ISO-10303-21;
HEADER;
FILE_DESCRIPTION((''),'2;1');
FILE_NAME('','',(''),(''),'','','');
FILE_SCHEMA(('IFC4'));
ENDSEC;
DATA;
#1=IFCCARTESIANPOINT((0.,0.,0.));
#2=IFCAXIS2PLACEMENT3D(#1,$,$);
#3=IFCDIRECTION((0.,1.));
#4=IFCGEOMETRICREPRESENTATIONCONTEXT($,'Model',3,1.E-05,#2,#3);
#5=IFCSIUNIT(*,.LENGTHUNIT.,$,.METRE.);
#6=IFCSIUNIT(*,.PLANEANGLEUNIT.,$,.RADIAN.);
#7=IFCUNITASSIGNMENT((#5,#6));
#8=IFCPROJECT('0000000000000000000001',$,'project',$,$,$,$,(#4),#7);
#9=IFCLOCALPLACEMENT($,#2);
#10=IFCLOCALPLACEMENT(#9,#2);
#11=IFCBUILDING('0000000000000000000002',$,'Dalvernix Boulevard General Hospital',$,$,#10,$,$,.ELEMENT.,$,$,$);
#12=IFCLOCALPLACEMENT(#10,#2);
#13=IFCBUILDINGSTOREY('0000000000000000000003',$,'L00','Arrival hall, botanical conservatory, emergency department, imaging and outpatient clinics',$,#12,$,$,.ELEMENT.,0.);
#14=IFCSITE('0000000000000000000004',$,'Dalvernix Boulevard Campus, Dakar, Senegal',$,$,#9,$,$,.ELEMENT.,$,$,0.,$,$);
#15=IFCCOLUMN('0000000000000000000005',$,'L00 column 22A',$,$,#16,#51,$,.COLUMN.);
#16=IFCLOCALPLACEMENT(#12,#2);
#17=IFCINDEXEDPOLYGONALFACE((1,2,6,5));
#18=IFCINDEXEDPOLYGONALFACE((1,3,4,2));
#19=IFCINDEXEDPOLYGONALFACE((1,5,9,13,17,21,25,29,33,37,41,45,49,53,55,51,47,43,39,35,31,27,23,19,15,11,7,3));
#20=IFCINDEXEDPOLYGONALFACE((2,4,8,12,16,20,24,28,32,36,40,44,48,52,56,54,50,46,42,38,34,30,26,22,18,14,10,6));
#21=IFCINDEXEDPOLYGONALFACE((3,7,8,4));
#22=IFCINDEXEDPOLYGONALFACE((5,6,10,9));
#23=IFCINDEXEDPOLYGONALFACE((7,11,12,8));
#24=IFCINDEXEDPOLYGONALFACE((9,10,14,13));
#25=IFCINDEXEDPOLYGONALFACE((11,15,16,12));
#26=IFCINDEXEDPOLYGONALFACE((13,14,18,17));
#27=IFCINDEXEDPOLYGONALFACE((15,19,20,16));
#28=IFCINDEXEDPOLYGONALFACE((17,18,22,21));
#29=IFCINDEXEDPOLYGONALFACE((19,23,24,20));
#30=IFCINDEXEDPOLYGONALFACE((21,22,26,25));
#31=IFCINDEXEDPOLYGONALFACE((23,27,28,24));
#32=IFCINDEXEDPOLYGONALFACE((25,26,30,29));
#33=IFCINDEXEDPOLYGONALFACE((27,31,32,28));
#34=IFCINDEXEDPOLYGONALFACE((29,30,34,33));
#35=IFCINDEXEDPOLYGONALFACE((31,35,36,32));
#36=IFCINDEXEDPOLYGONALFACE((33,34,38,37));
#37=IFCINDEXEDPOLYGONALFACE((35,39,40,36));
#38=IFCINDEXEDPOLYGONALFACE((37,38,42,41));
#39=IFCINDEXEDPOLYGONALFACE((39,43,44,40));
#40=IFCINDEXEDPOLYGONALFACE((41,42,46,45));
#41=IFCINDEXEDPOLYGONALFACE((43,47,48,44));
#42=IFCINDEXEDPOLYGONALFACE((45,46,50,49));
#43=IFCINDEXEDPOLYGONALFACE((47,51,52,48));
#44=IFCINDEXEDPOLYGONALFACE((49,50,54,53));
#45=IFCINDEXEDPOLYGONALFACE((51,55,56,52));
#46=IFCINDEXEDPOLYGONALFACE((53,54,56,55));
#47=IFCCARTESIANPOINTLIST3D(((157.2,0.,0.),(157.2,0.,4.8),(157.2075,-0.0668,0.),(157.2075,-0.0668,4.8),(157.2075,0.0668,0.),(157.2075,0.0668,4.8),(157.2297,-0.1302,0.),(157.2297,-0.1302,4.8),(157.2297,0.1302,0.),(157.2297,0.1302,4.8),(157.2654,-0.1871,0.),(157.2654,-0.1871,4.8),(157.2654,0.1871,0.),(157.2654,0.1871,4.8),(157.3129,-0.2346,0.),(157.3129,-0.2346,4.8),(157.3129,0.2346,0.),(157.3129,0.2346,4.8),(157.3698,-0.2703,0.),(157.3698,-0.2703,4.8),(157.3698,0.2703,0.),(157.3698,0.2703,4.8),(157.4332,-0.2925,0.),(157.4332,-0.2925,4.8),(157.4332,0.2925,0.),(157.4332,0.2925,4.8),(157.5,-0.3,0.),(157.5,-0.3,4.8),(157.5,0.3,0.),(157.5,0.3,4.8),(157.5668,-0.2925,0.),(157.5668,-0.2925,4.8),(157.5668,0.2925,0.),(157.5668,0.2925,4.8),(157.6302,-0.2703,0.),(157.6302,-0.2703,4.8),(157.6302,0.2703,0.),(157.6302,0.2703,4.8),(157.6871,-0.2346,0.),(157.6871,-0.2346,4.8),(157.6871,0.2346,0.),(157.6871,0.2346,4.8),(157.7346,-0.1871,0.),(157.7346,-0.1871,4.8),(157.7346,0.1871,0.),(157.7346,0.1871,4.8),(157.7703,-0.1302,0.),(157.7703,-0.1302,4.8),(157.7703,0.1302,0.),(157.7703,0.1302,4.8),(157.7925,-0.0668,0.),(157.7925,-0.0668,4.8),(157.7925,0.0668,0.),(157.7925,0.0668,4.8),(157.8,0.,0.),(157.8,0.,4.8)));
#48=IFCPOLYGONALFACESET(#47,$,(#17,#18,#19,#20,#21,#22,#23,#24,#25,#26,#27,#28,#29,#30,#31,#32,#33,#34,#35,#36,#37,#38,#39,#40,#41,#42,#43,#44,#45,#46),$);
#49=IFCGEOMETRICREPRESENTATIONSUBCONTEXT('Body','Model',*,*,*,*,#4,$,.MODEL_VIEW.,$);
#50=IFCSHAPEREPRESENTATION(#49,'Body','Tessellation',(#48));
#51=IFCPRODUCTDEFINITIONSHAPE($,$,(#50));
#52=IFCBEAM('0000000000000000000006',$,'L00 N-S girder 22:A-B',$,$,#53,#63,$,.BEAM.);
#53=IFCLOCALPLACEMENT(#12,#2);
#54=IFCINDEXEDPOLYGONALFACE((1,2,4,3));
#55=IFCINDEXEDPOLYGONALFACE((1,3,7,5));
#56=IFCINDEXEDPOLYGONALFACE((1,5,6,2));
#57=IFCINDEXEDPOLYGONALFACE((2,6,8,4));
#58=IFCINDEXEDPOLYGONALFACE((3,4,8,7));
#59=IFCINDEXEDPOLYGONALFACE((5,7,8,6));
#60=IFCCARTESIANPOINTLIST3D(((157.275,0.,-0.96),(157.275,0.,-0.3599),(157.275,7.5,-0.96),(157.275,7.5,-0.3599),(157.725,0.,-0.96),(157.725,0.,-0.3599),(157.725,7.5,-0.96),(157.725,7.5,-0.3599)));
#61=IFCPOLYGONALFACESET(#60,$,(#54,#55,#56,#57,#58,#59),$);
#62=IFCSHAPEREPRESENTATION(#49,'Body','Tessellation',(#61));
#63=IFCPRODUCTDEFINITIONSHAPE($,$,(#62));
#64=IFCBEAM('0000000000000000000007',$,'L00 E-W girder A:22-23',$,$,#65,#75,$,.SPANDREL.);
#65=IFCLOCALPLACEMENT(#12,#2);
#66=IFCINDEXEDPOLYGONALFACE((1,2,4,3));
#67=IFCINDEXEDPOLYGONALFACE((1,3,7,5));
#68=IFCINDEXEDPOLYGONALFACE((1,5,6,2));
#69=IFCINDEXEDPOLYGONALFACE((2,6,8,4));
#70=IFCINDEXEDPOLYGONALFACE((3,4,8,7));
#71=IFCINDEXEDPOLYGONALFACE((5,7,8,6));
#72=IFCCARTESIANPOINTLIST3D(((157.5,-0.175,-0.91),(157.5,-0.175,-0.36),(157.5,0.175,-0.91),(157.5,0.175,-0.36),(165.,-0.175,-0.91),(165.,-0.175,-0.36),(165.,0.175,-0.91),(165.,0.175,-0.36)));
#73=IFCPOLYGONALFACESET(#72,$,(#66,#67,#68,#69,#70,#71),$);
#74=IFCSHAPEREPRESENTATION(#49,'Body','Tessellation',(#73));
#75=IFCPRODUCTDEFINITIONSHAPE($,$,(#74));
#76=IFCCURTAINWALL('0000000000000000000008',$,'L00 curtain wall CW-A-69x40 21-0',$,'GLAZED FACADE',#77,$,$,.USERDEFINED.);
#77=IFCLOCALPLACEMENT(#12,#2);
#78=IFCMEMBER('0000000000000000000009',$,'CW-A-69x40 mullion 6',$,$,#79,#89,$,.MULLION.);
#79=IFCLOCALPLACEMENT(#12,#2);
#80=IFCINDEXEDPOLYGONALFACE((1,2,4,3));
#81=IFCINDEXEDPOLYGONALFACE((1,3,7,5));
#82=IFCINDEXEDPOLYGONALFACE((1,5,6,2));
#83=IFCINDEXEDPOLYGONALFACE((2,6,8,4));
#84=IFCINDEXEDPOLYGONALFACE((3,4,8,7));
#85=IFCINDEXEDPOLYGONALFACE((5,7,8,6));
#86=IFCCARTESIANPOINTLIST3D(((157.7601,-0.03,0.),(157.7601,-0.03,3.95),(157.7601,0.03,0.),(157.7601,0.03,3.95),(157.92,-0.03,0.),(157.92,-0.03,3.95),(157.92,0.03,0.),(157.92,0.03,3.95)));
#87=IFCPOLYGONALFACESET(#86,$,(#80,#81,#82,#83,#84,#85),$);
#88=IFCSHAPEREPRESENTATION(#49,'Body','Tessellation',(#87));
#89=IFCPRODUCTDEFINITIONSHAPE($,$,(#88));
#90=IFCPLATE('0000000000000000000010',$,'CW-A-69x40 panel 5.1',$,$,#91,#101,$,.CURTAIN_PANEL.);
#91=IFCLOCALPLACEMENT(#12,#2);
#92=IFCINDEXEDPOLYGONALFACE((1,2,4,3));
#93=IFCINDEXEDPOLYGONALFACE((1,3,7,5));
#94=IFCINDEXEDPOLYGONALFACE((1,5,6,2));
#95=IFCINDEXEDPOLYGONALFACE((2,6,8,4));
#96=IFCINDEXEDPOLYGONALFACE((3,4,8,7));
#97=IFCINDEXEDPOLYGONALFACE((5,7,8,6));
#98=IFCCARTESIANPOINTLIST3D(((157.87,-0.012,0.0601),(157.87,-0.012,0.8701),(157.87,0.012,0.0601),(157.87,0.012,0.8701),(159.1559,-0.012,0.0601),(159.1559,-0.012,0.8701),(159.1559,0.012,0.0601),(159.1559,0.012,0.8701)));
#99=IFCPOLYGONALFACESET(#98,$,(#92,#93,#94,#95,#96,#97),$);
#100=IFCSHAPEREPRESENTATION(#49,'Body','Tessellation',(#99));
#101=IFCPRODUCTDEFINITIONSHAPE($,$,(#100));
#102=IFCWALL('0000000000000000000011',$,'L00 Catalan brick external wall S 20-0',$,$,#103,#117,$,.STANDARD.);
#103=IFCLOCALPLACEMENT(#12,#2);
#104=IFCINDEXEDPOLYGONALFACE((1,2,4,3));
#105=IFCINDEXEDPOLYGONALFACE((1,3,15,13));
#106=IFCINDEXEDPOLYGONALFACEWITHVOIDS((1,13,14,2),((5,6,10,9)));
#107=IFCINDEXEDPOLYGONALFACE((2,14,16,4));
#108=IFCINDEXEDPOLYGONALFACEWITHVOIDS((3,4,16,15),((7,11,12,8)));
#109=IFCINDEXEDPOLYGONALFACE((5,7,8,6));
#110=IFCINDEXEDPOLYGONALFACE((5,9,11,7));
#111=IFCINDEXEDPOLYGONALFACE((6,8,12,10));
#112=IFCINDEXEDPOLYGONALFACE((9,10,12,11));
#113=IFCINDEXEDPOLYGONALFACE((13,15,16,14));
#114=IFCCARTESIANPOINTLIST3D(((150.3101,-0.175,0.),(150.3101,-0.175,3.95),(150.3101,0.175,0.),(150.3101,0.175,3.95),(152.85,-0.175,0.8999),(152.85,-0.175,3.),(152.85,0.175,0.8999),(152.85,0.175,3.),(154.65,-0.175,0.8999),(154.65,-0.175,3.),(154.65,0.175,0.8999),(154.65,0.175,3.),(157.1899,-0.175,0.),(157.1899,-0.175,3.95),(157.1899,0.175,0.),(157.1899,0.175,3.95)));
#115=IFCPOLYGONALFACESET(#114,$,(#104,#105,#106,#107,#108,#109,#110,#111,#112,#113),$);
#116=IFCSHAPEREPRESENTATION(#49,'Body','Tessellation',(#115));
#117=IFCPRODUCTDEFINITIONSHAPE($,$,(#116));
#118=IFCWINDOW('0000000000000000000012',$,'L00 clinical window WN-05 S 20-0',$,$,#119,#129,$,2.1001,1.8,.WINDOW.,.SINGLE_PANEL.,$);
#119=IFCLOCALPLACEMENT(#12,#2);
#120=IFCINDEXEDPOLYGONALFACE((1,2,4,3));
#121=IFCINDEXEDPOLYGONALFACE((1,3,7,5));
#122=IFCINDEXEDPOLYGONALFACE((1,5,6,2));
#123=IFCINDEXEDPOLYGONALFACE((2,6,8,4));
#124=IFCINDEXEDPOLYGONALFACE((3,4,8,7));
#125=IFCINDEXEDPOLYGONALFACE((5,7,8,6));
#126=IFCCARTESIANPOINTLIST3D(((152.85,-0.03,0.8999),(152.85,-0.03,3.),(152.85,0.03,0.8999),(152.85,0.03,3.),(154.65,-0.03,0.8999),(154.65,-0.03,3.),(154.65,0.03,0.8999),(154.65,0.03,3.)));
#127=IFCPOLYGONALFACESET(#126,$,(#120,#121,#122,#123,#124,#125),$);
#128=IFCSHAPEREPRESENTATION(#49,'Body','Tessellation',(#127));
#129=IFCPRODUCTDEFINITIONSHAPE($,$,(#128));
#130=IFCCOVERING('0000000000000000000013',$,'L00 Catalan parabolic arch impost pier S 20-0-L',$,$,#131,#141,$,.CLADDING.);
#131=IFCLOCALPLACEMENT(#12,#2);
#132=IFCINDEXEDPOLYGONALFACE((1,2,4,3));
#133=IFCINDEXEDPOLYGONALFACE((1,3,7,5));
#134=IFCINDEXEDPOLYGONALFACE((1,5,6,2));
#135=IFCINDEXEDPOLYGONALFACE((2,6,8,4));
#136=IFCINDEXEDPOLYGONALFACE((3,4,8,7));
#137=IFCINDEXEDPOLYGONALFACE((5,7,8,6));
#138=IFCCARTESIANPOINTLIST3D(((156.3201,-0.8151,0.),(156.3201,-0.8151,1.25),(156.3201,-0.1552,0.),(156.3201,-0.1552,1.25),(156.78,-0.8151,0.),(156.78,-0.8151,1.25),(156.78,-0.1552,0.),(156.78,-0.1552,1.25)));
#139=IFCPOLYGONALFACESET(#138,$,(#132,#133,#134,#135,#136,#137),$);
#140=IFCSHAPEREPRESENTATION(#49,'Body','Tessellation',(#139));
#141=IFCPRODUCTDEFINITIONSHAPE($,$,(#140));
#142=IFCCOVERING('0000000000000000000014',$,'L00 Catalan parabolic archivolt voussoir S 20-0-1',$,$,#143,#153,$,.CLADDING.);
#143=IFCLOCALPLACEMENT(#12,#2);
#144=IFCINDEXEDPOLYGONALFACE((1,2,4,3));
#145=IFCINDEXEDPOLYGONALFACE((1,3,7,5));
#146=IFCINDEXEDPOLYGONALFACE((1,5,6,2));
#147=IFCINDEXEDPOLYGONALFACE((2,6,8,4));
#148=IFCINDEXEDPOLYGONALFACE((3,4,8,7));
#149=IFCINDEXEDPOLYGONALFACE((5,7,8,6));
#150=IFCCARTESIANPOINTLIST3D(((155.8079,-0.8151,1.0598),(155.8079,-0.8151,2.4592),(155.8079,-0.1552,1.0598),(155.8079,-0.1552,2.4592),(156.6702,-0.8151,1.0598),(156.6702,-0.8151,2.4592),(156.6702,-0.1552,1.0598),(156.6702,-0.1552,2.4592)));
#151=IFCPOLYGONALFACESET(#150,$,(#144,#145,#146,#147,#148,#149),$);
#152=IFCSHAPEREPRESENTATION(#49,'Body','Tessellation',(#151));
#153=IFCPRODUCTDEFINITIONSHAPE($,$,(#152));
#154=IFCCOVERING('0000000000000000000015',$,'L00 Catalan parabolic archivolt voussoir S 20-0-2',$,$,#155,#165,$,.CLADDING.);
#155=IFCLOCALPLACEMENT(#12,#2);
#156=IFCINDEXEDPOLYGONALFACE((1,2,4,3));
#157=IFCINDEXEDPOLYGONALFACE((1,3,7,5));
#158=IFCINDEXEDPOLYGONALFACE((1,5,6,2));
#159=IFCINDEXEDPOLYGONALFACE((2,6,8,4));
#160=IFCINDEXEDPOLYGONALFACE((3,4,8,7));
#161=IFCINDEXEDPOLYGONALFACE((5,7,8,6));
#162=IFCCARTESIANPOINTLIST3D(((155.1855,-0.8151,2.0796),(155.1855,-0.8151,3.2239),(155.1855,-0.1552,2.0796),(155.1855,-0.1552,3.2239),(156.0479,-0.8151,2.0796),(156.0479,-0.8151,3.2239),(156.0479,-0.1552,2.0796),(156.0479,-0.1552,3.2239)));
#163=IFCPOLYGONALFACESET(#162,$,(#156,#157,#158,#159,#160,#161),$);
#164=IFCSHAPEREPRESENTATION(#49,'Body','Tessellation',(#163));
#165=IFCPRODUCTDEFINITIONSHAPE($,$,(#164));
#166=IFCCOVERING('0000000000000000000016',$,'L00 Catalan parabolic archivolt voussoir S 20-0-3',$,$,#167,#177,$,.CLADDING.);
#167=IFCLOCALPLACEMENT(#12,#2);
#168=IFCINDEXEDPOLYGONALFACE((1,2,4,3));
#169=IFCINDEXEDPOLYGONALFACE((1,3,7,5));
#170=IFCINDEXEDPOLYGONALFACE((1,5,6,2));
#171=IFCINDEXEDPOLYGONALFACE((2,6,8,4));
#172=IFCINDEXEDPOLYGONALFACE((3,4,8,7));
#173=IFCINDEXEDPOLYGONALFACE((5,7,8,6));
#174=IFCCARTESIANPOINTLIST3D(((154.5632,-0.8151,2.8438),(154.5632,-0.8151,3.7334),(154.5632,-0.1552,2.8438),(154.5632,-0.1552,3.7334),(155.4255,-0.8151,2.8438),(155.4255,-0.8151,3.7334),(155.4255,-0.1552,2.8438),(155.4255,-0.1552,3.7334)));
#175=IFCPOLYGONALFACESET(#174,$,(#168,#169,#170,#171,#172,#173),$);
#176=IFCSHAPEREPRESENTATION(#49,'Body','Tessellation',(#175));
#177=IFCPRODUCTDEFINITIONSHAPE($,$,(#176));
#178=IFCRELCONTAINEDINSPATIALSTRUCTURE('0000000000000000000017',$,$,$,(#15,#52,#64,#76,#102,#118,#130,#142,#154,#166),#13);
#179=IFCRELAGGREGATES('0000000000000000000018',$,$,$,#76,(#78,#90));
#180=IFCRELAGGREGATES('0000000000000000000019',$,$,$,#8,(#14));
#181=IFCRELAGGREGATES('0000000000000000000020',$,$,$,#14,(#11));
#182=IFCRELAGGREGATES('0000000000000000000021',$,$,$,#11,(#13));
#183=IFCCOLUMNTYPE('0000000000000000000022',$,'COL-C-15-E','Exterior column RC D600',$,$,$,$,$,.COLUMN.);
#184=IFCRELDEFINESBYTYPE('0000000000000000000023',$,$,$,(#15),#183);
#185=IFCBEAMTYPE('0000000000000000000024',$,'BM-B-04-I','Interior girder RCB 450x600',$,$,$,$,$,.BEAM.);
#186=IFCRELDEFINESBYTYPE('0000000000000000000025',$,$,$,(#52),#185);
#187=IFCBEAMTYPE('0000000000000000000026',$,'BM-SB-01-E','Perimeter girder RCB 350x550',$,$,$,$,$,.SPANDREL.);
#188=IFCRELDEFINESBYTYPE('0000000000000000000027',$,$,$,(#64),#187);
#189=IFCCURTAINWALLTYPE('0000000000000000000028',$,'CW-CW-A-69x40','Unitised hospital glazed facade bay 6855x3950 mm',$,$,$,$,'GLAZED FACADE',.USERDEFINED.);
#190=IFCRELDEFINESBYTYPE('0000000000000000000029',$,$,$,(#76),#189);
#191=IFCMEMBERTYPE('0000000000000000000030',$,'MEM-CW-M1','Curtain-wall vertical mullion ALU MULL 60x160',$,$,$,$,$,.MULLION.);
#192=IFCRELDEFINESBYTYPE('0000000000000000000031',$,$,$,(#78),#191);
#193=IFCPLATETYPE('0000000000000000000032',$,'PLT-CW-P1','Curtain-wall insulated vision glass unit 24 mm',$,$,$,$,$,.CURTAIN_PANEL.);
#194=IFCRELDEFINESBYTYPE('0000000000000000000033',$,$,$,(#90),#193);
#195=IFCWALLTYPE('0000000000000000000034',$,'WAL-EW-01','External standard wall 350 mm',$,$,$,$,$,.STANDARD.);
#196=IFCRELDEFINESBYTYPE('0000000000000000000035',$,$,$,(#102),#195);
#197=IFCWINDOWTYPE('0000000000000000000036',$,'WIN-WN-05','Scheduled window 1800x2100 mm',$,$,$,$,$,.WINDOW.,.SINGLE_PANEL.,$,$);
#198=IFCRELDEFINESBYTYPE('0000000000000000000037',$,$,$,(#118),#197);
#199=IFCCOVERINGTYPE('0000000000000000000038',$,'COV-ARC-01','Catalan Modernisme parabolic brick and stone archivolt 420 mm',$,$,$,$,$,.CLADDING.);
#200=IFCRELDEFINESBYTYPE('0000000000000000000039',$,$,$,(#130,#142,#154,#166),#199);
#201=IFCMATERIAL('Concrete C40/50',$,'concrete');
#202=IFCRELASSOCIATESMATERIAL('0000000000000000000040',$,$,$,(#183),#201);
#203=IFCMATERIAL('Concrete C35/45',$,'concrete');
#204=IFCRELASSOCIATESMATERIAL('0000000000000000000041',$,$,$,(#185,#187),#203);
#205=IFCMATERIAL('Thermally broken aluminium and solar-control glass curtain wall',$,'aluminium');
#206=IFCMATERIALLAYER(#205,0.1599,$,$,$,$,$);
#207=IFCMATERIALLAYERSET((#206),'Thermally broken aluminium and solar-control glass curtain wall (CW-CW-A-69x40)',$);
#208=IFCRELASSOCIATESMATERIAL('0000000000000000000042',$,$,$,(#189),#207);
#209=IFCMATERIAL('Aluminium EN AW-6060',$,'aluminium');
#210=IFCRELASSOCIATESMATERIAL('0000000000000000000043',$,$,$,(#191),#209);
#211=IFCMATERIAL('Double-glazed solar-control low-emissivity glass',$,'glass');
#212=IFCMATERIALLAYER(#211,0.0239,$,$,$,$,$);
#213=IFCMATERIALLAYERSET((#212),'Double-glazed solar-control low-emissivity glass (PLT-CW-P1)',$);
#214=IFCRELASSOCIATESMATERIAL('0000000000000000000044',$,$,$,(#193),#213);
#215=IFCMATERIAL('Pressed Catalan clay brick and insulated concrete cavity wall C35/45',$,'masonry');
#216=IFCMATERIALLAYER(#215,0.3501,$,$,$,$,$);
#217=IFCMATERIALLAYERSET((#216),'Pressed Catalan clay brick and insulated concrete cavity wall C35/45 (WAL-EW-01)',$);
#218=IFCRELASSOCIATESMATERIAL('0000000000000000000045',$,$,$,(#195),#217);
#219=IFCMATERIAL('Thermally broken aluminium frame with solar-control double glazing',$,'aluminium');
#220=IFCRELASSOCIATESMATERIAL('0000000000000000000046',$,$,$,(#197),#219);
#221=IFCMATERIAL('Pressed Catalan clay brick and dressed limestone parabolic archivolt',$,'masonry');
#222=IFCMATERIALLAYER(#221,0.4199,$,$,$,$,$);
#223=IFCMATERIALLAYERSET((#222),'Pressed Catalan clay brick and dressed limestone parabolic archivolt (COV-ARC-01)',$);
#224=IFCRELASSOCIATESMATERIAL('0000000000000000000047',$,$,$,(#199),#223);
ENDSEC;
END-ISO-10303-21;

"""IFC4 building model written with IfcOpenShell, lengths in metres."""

from ifc_helpers import new_model, si_unit, direction, frame, frame_2d, origin, origin_2d, place, context, subcontext, project, spatial, rectangle, circle, extrude, material, layer, layer_set, material_profile, profile_set, type_object, element, fill, aggregate, save


model = new_model("IFC4")

# Units and contexts
model_context = context("Model", 3, precision=1e-05, world=origin(), true_north=direction((0.0, 1.0)))
body_context = subcontext(model_context, "Body", "Model", "MODEL_VIEW")
ifc_project = project(units=[si_unit("LENGTHUNIT", "METRE"), si_unit("PLANEANGLEUNIT", "RADIAN")], contexts=[model_context])

# Site, building, storey
site_placement = place(None, origin())
site = spatial("IfcSite", under=ifc_project, at=site_placement, Name="Dalvernix Boulevard Campus, Dakar, Senegal", CompositionType="ELEMENT", RefElevation=0.0)
building_placement = place(site_placement, origin())
building = spatial("IfcBuilding", under=site, at=building_placement, Name="Dalvernix Boulevard General Hospital", CompositionType="ELEMENT")
storey_placement = place(building_placement, origin())
storey = spatial("IfcBuildingStorey", under=building, at=storey_placement, Name="L00", Description="Arrival hall, botanical conservatory, emergency department, imaging and outpatient clinics", CompositionType="ELEMENT", Elevation=0.0)

# Column
ifc_material_1 = material(Name="Concrete C40/50", Category="concrete")
ifc_material_profile_1 = material_profile(ifc_material_1, circle(Radius=0.3, at=origin_2d()), Name="RC D600")
ifc_profile_set_1 = profile_set([ifc_material_profile_1], Name="Concrete C40/50")
column_type = type_object("IfcColumnType", Name="COL-C-15-E", Description="Exterior column RC D600", PredefinedType="COLUMN", material=ifc_profile_set_1)
column_placement = place(storey_placement, frame((157.5, 0.0, 0.0), z_axis=(0.0, 0.0, 1.0), x_axis=(1.0, 0.0, 0.0)))
element("IfcColumn", 1, at=column_placement, inside=storey, type_object=column_type, Name="L00 column 22A", PredefinedType="COLUMN", context=body_context, shape_type="SweptSolid", body=[
    extrude(circle(Radius=0.3, at=origin_2d()), origin(), (0.0, 0.0, 1.0), 4.8),
])

# Beams
ifc_material_2 = material(Name="Concrete C35/45", Category="concrete")
ifc_material_profile_2 = material_profile(ifc_material_2, rectangle(XDim=0.45, YDim=0.6001, at=origin_2d()), Name="RCB 450x600")
ifc_profile_set_2 = profile_set([ifc_material_profile_2], Name="Concrete C35/45")
beam_type_1 = type_object("IfcBeamType", Name="BM-B-04-I", Description="Interior girder RCB 450x600", PredefinedType="BEAM", material=ifc_profile_set_2)
beam_1_placement = place(storey_placement, frame((157.5, 0.0, -0.6599), z_axis=(0.0, 1.0, 0.0), x_axis=(-1.0, 0.0, 0.0)))
element("IfcBeam", 2, at=beam_1_placement, inside=storey, type_object=beam_type_1, Name="L00 N-S girder 22:A-B", PredefinedType="BEAM", context=body_context, shape_type="SweptSolid", body=[
    extrude(rectangle(XDim=0.45, YDim=0.6001, at=origin_2d()), origin(), (0.0, 0.0, 1.0), 7.5),
])
ifc_material_profile_3 = material_profile(ifc_material_2, rectangle(XDim=0.3501, YDim=0.55, at=origin_2d()), Name="RCB 350x550")
ifc_profile_set_3 = profile_set([ifc_material_profile_3], Name="Concrete C35/45")
beam_type_2 = type_object("IfcBeamType", Name="BM-SB-01-E", Description="Perimeter girder RCB 350x550", PredefinedType="SPANDREL", material=ifc_profile_set_3)
beam_2_placement = place(storey_placement, frame((157.5, 0.0, -0.635), z_axis=(1.0, 0.0, 0.0), x_axis=(0.0, 1.0, 0.0)))
element("IfcBeam", 3, at=beam_2_placement, inside=storey, type_object=beam_type_2, Name="L00 E-W girder A:22-23", PredefinedType="SPANDREL", context=body_context, shape_type="SweptSolid", body=[
    extrude(rectangle(XDim=0.3501, YDim=0.55, at=origin_2d()), origin(), (0.0, 0.0, 1.0), 7.5),
])

# Curtain wall, member, plate
ifc_material_3 = material(Name="Thermally broken aluminium and solar-control glass curtain wall", Category="aluminium")
ifc_layer_1 = layer(ifc_material_3, 0.1599)
ifc_layer_set_1 = layer_set([ifc_layer_1], Name="Thermally broken aluminium and solar-control glass curtain wall (CW-CW-A-69x40)")
curtain_wall_type = type_object("IfcCurtainWallType", Name="CW-CW-A-69x40", Description="Unitised hospital glazed facade bay 6855x3950 mm", ElementType="GLAZED FACADE", PredefinedType="USERDEFINED", material=ifc_layer_set_1)
curtain_wall_placement = place(storey_placement, origin())
curtain_wall = element("IfcCurtainWall", 4, at=curtain_wall_placement, inside=storey, type_object=curtain_wall_type, Name="L00 curtain wall CW-A-69x40 21-0", ObjectType="GLAZED FACADE", PredefinedType="USERDEFINED")
ifc_material_4 = material(Name="Aluminium EN AW-6060", Category="aluminium")
ifc_material_profile_4 = material_profile(ifc_material_4, rectangle(XDim=0.0601, YDim=0.1599, at=origin_2d()), Name="ALU MULL 60x160")
ifc_profile_set_4 = profile_set([ifc_material_profile_4], Name="Aluminium EN AW-6060")
member_type = type_object("IfcMemberType", Name="MEM-CW-M1", Description="Curtain-wall vertical mullion ALU MULL 60x160", PredefinedType="MULLION", material=ifc_profile_set_4)
member_placement = place(storey_placement, frame((157.8401, 0.0, 0.0), z_axis=(0.0, 0.0, 1.0), x_axis=(0.0, -1.0, 0.0)))
member = element("IfcMember", 5, at=member_placement, type_object=member_type, Name="CW-A-69x40 mullion 6", PredefinedType="MULLION", context=body_context, shape_type="SweptSolid", body=[
    extrude(rectangle(XDim=0.0601, YDim=0.1599, at=origin_2d()), origin(), (0.0, 0.0, 1.0), 3.95),
])
ifc_material_5 = material(Name="Double-glazed solar-control low-emissivity glass", Category="glass")
ifc_layer_2 = layer(ifc_material_5, 0.0239)
ifc_layer_set_2 = layer_set([ifc_layer_2], Name="Double-glazed solar-control low-emissivity glass (PLT-CW-P1)")
plate_type = type_object("IfcPlateType", Name="PLT-CW-P1", Description="Curtain-wall insulated vision glass unit 24 mm", PredefinedType="CURTAIN_PANEL", material=ifc_layer_set_2)
plate_placement = place(storey_placement, frame((158.5129, 0.0, 0.0601), z_axis=(0.0, 0.0, 1.0), x_axis=(-1.0, 0.0, 0.0)))
plate = element("IfcPlate", 6, at=plate_placement, type_object=plate_type, Name="CW-A-69x40 panel 5.1", PredefinedType="CURTAIN_PANEL", context=body_context, shape_type="SweptSolid", body=[
    extrude(rectangle(XDim=1.2859, YDim=0.0239, at=origin_2d()), origin(), (0.0, 0.0, 1.0), 0.8101),
])
aggregate(curtain_wall, [member, plate])

# Wall, opening, window
ifc_material_6 = material(Name="Pressed Catalan clay brick and insulated concrete cavity wall C35/45", Category="masonry")
ifc_layer_3 = layer(ifc_material_6, 0.3501)
ifc_layer_set_3 = layer_set([ifc_layer_3], Name="Pressed Catalan clay brick and insulated concrete cavity wall C35/45 (WAL-EW-01)")
wall_type = type_object("IfcWallType", Name="WAL-EW-01", Description="External standard wall 350 mm", PredefinedType="STANDARD", material=ifc_layer_set_3)
wall_placement = place(storey_placement, frame((157.1899, 0.0, 0.0), z_axis=(0.0, 0.0, 1.0), x_axis=(-1.0, 0.0, 0.0)))
wall = element("IfcWall", 7, at=wall_placement, inside=storey, type_object=wall_type, Name="L00 Catalan brick external wall S 20-0", PredefinedType="STANDARD", context=body_context, shape_type="SweptSolid", body=[
    extrude(rectangle(XDim=6.8799, YDim=0.3501, at=frame_2d((3.4399, 0.0))), origin(), (0.0, 0.0, 1.0), 3.95),
])
opening_placement = place(wall_placement, frame((2.54, 0.0, 0.8999)))
opening = element("IfcOpeningElement", 8, at=opening_placement, cuts=wall, PredefinedType="OPENING", context=body_context, shape_type="SweptSolid", body=[
    extrude(rectangle(XDim=1.8, YDim=2.1001, at=frame_2d((0.8999, 1.05))), frame((0.0, 0.1851, 0.0), z_axis=(0.0, -1.0, 0.0), x_axis=(1.0, 0.0, 0.0)), (0.0, 0.0, 1.0), 0.3701),
])
ifc_material_7 = material(Name="Thermally broken aluminium frame with solar-control double glazing", Category="aluminium")
window_type = type_object("IfcWindowType", Name="WIN-WN-05", Description="Scheduled window 1800x2100 mm", PartitioningType="SINGLE_PANEL", PredefinedType="WINDOW", material=ifc_material_7)
window_placement = place(opening_placement, origin())
window = element("IfcWindow", 9, at=window_placement, inside=storey, type_object=window_type, Name="L00 clinical window WN-05 S 20-0", OverallHeight=2.1001, OverallWidth=1.8, PartitioningType="SINGLE_PANEL", PredefinedType="WINDOW", context=body_context, shape_type="SweptSolid", body=[
    extrude(rectangle(XDim=1.8, YDim=2.1001, at=frame_2d((0.8999, 1.05))), frame((0.0, 0.03, 0.0), z_axis=(0.0, -1.0, 0.0), x_axis=(1.0, 0.0, 0.0)), (0.0, 0.0, 1.0), 0.0601),
])
fill(opening, window)

# Coverings
ifc_material_8 = material(Name="Pressed Catalan clay brick and dressed limestone parabolic archivolt", Category="masonry")
ifc_layer_4 = layer(ifc_material_8, 0.4199)
ifc_layer_set_4 = layer_set([ifc_layer_4], Name="Pressed Catalan clay brick and dressed limestone parabolic archivolt (COV-ARC-01)")
covering_type_1 = type_object("IfcCoveringType", Name="COV-ARC-01", Description="Catalan Modernisme parabolic brick and stone archivolt 420 mm", PredefinedType="CLADDING", material=ifc_layer_set_4)
covering_1_placement = place(storey_placement, frame((156.55, -0.4851, 0.0), z_axis=(0.0, 0.0, 1.0), x_axis=(-1.0, 0.0, 0.0)))
element("IfcCovering", 10, at=covering_1_placement, inside=storey, type_object=covering_type_1, Name="L00 Catalan parabolic arch impost pier S 20-0-L", PredefinedType="CLADDING", context=body_context, shape_type="SweptSolid", body=[
    extrude(rectangle(XDim=0.46, YDim=0.6599, at=origin_2d()), origin(), (0.0, 0.0, 1.0), 1.25),
])
covering_2_placement = place(storey_placement, frame((156.239, -0.4851, 1.0598), z_axis=(0.0, 0.0, 1.0), x_axis=(-1.0, 0.0, 0.0)))
element("IfcCovering", 11, at=covering_2_placement, inside=storey, type_object=covering_type_1, Name="L00 Catalan parabolic archivolt voussoir S 20-0-1", PredefinedType="CLADDING", context=body_context, shape_type="SweptSolid", body=[
    extrude(rectangle(XDim=0.8623, YDim=0.6599, at=origin_2d()), origin(), (0.0, 0.0, 1.0), 1.3994),
])
covering_3_placement = place(storey_placement, frame((155.6167, -0.4851, 2.0796), z_axis=(0.0, 0.0, 1.0), x_axis=(-1.0, 0.0, 0.0)))
element("IfcCovering", 12, at=covering_3_placement, inside=storey, type_object=covering_type_1, Name="L00 Catalan parabolic archivolt voussoir S 20-0-2", PredefinedType="CLADDING", context=body_context, shape_type="SweptSolid", body=[
    extrude(rectangle(XDim=0.8623, YDim=0.6599, at=origin_2d()), origin(), (0.0, 0.0, 1.0), 1.1443),
])
covering_4_placement = place(storey_placement, frame((154.9944, -0.4851, 2.8438), z_axis=(0.0, 0.0, 1.0), x_axis=(-1.0, 0.0, 0.0)))
element("IfcCovering", 13, at=covering_4_placement, inside=storey, type_object=covering_type_1, Name="L00 Catalan parabolic archivolt voussoir S 20-0-3", PredefinedType="CLADDING", context=body_context, shape_type="SweptSolid", body=[
    extrude(rectangle(XDim=0.8623, YDim=0.6599, at=origin_2d()), origin(), (0.0, 0.0, 1.0), 0.8896),
])

save(model, "model.ifc")
